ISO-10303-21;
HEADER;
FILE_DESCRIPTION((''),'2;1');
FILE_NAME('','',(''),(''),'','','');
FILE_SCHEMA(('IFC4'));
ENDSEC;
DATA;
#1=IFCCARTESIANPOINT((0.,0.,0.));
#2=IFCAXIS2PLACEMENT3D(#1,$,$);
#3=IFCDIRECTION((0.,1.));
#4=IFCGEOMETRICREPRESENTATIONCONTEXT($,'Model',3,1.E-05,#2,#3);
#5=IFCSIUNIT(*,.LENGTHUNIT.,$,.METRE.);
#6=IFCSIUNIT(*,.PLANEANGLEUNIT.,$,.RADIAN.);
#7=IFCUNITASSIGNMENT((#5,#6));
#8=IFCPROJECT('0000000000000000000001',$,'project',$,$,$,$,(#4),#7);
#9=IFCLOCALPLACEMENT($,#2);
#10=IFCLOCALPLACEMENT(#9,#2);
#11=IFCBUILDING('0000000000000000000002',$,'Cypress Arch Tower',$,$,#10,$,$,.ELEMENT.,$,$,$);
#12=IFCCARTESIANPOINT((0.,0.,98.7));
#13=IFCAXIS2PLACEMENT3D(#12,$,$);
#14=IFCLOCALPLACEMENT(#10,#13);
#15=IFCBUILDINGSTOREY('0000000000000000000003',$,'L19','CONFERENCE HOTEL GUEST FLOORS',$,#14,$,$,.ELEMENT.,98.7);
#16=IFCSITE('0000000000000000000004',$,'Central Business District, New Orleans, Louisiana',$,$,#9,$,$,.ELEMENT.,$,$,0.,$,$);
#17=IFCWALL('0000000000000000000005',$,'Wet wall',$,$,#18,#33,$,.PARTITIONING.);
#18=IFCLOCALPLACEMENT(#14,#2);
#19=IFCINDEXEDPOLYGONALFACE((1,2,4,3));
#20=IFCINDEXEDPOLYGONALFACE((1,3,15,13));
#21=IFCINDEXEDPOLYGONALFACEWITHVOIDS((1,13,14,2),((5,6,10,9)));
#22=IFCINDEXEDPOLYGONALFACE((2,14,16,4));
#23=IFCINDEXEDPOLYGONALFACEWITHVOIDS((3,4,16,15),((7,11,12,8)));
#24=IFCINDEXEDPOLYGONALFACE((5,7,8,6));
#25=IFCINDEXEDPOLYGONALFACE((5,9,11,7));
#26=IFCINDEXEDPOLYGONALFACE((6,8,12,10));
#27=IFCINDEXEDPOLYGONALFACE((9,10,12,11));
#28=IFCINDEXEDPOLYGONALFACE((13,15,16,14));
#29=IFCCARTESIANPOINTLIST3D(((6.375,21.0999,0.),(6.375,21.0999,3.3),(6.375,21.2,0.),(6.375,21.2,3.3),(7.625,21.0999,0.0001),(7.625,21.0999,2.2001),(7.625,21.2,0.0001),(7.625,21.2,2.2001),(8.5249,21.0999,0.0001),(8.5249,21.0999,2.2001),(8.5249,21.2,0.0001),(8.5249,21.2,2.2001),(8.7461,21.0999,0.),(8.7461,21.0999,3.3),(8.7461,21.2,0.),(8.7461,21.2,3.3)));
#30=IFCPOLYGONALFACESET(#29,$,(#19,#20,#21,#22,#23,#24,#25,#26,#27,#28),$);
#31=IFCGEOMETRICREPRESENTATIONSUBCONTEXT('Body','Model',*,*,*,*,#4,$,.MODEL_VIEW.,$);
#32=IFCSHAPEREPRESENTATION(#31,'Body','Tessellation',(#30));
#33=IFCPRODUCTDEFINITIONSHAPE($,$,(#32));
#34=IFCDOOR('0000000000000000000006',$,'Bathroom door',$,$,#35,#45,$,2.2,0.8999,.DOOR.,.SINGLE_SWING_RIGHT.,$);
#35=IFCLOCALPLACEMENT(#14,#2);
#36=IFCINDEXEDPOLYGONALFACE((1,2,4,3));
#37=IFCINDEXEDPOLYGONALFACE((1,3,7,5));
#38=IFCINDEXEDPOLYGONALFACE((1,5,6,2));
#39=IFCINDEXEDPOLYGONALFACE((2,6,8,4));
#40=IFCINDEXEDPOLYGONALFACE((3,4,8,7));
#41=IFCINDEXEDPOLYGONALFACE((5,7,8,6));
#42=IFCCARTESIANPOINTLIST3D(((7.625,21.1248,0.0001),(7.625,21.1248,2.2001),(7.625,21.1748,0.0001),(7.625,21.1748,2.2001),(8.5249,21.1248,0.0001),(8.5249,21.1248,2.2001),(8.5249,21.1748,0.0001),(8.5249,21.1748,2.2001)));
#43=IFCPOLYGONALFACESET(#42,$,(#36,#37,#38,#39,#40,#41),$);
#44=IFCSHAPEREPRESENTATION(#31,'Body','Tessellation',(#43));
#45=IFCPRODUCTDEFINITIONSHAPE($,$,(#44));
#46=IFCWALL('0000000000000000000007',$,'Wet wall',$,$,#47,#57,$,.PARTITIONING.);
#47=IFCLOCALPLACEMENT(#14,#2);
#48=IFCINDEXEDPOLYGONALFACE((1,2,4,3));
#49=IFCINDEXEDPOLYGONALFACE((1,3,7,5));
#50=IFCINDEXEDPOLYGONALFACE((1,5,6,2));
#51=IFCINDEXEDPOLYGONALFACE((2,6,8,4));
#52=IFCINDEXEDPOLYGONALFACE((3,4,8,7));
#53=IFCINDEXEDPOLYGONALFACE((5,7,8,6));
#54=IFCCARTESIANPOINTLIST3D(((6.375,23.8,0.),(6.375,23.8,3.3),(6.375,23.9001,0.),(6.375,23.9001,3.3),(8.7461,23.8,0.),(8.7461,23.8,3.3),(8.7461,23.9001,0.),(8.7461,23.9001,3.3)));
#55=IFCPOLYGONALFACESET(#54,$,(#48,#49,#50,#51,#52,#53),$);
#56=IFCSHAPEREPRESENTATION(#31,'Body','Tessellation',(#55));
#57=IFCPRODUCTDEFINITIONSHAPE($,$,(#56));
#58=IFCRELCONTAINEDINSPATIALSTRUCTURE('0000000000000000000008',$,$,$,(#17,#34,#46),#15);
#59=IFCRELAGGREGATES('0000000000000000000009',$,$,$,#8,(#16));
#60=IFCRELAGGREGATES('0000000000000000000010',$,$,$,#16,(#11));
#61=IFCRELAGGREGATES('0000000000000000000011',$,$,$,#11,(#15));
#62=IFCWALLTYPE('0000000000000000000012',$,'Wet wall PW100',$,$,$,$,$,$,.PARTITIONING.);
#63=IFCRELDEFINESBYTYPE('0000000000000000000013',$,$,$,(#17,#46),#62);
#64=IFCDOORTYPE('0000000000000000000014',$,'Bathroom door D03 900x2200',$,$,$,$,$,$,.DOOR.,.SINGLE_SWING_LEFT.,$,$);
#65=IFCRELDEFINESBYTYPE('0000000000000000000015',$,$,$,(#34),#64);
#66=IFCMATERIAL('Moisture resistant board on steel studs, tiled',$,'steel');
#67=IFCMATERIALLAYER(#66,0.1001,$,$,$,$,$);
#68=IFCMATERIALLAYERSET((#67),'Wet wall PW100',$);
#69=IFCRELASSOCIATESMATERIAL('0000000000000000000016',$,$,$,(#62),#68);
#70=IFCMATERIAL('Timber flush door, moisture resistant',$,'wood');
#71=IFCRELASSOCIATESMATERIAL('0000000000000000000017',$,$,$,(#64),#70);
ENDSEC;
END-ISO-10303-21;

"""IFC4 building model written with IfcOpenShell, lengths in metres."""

from ifc_helpers import new_model, si_unit, direction, frame, frame_2d, origin, place, context, subcontext, project, spatial, rectangle, extrude, material, layer, layer_set, type_object, element, fill, save


model = new_model("IFC4")

# Units and contexts
model_context = context("Model", 3, precision=1e-05, world=origin(), true_north=direction((0.0, 1.0)))
body_context = subcontext(model_context, "Body", "Model", "MODEL_VIEW")
ifc_project = project(units=[si_unit("LENGTHUNIT", "METRE"), si_unit("PLANEANGLEUNIT", "RADIAN")], contexts=[model_context])

# Site, building, storey
site_placement = place(None, origin())
site = spatial("IfcSite", under=ifc_project, at=site_placement, Name="Central Business District, New Orleans, Louisiana", CompositionType="ELEMENT", RefElevation=0.0)
building_placement = place(site_placement, origin())
building = spatial("IfcBuilding", under=site, at=building_placement, Name="Cypress Arch Tower", CompositionType="ELEMENT")
storey_placement = place(building_placement, frame((0.0, 0.0, 98.7)))
storey = spatial("IfcBuildingStorey", under=building, at=storey_placement, Name="L19", Description="CONFERENCE HOTEL GUEST FLOORS", CompositionType="ELEMENT", Elevation=98.7)

# Shared definitions
ifc_material_1 = material(Name="Moisture resistant board on steel studs, tiled", Category="steel")
ifc_layer_1 = layer(ifc_material_1, 0.1001)
ifc_layer_set_1 = layer_set([ifc_layer_1], Name="Wet wall PW100")
wall_type_1 = type_object("IfcWallType", Name="Wet wall PW100", PredefinedType="PARTITIONING", material=ifc_layer_set_1)

# Wall, opening, door
wall_1_placement = place(storey_placement, frame((6.375, 21.1499, 0.0), z_axis=(0.0, 0.0, 1.0), x_axis=(1.0, 0.0, 0.0)))
wall_1 = element("IfcWall", 1, at=wall_1_placement, inside=storey, type_object=wall_type_1, Name="Wet wall", PredefinedType="PARTITIONING", context=body_context, shape_type="SweptSolid", body=[
    extrude(rectangle(XDim=2.3711, YDim=0.1001, at=frame_2d((1.1855, 0.0))), origin(), (0.0, 0.0, 1.0), 3.3),
])
opening_1_placement = place(wall_1_placement, frame((1.25, 0.0, 0.0)))
opening_1 = element("IfcOpeningElement", 2, at=opening_1_placement, cuts=wall_1, PredefinedType="OPENING", context=body_context, shape_type="SweptSolid", body=[
    extrude(rectangle(XDim=0.8999, YDim=2.2, at=frame_2d((0.45, 1.1001))), frame((0.0, 0.0601, 0.0), z_axis=(0.0, -1.0, 0.0), x_axis=(1.0, 0.0, 0.0)), (0.0, 0.0, 1.0), 0.1201),
])
ifc_material_2 = material(Name="Timber flush door, moisture resistant", Category="wood")
door_type_1 = type_object("IfcDoorType", Name="Bathroom door D03 900x2200", OperationType="SINGLE_SWING_LEFT", PredefinedType="DOOR", material=ifc_material_2)
door_1_placement = place(opening_1_placement, origin())
door_1 = element("IfcDoor", 3, at=door_1_placement, inside=storey, type_object=door_type_1, Name="Bathroom door", OperationType="SINGLE_SWING_RIGHT", OverallHeight=2.2, OverallWidth=0.8999, PredefinedType="DOOR", context=body_context, shape_type="SweptSolid", body=[
    extrude(rectangle(XDim=0.8999, YDim=2.2, at=frame_2d((0.45, 1.1001))), frame((0.0, 0.0249, 0.0), z_axis=(0.0, -1.0, 0.0), x_axis=(1.0, 0.0, 0.0)), (0.0, 0.0, 1.0), 0.05),
])
fill(opening_1, door_1)

# Wall
wall_2_placement = place(storey_placement, frame((6.375, 23.8501, 0.0), z_axis=(0.0, 0.0, 1.0), x_axis=(1.0, 0.0, 0.0)))
element("IfcWall", 4, at=wall_2_placement, inside=storey, type_object=wall_type_1, Name="Wet wall", PredefinedType="PARTITIONING", context=body_context, shape_type="SweptSolid", body=[
    extrude(rectangle(XDim=2.3711, YDim=0.1001, at=frame_2d((1.1855, 0.0))), origin(), (0.0, 0.0, 1.0), 3.3),
])

save(model, "model.ifc")
